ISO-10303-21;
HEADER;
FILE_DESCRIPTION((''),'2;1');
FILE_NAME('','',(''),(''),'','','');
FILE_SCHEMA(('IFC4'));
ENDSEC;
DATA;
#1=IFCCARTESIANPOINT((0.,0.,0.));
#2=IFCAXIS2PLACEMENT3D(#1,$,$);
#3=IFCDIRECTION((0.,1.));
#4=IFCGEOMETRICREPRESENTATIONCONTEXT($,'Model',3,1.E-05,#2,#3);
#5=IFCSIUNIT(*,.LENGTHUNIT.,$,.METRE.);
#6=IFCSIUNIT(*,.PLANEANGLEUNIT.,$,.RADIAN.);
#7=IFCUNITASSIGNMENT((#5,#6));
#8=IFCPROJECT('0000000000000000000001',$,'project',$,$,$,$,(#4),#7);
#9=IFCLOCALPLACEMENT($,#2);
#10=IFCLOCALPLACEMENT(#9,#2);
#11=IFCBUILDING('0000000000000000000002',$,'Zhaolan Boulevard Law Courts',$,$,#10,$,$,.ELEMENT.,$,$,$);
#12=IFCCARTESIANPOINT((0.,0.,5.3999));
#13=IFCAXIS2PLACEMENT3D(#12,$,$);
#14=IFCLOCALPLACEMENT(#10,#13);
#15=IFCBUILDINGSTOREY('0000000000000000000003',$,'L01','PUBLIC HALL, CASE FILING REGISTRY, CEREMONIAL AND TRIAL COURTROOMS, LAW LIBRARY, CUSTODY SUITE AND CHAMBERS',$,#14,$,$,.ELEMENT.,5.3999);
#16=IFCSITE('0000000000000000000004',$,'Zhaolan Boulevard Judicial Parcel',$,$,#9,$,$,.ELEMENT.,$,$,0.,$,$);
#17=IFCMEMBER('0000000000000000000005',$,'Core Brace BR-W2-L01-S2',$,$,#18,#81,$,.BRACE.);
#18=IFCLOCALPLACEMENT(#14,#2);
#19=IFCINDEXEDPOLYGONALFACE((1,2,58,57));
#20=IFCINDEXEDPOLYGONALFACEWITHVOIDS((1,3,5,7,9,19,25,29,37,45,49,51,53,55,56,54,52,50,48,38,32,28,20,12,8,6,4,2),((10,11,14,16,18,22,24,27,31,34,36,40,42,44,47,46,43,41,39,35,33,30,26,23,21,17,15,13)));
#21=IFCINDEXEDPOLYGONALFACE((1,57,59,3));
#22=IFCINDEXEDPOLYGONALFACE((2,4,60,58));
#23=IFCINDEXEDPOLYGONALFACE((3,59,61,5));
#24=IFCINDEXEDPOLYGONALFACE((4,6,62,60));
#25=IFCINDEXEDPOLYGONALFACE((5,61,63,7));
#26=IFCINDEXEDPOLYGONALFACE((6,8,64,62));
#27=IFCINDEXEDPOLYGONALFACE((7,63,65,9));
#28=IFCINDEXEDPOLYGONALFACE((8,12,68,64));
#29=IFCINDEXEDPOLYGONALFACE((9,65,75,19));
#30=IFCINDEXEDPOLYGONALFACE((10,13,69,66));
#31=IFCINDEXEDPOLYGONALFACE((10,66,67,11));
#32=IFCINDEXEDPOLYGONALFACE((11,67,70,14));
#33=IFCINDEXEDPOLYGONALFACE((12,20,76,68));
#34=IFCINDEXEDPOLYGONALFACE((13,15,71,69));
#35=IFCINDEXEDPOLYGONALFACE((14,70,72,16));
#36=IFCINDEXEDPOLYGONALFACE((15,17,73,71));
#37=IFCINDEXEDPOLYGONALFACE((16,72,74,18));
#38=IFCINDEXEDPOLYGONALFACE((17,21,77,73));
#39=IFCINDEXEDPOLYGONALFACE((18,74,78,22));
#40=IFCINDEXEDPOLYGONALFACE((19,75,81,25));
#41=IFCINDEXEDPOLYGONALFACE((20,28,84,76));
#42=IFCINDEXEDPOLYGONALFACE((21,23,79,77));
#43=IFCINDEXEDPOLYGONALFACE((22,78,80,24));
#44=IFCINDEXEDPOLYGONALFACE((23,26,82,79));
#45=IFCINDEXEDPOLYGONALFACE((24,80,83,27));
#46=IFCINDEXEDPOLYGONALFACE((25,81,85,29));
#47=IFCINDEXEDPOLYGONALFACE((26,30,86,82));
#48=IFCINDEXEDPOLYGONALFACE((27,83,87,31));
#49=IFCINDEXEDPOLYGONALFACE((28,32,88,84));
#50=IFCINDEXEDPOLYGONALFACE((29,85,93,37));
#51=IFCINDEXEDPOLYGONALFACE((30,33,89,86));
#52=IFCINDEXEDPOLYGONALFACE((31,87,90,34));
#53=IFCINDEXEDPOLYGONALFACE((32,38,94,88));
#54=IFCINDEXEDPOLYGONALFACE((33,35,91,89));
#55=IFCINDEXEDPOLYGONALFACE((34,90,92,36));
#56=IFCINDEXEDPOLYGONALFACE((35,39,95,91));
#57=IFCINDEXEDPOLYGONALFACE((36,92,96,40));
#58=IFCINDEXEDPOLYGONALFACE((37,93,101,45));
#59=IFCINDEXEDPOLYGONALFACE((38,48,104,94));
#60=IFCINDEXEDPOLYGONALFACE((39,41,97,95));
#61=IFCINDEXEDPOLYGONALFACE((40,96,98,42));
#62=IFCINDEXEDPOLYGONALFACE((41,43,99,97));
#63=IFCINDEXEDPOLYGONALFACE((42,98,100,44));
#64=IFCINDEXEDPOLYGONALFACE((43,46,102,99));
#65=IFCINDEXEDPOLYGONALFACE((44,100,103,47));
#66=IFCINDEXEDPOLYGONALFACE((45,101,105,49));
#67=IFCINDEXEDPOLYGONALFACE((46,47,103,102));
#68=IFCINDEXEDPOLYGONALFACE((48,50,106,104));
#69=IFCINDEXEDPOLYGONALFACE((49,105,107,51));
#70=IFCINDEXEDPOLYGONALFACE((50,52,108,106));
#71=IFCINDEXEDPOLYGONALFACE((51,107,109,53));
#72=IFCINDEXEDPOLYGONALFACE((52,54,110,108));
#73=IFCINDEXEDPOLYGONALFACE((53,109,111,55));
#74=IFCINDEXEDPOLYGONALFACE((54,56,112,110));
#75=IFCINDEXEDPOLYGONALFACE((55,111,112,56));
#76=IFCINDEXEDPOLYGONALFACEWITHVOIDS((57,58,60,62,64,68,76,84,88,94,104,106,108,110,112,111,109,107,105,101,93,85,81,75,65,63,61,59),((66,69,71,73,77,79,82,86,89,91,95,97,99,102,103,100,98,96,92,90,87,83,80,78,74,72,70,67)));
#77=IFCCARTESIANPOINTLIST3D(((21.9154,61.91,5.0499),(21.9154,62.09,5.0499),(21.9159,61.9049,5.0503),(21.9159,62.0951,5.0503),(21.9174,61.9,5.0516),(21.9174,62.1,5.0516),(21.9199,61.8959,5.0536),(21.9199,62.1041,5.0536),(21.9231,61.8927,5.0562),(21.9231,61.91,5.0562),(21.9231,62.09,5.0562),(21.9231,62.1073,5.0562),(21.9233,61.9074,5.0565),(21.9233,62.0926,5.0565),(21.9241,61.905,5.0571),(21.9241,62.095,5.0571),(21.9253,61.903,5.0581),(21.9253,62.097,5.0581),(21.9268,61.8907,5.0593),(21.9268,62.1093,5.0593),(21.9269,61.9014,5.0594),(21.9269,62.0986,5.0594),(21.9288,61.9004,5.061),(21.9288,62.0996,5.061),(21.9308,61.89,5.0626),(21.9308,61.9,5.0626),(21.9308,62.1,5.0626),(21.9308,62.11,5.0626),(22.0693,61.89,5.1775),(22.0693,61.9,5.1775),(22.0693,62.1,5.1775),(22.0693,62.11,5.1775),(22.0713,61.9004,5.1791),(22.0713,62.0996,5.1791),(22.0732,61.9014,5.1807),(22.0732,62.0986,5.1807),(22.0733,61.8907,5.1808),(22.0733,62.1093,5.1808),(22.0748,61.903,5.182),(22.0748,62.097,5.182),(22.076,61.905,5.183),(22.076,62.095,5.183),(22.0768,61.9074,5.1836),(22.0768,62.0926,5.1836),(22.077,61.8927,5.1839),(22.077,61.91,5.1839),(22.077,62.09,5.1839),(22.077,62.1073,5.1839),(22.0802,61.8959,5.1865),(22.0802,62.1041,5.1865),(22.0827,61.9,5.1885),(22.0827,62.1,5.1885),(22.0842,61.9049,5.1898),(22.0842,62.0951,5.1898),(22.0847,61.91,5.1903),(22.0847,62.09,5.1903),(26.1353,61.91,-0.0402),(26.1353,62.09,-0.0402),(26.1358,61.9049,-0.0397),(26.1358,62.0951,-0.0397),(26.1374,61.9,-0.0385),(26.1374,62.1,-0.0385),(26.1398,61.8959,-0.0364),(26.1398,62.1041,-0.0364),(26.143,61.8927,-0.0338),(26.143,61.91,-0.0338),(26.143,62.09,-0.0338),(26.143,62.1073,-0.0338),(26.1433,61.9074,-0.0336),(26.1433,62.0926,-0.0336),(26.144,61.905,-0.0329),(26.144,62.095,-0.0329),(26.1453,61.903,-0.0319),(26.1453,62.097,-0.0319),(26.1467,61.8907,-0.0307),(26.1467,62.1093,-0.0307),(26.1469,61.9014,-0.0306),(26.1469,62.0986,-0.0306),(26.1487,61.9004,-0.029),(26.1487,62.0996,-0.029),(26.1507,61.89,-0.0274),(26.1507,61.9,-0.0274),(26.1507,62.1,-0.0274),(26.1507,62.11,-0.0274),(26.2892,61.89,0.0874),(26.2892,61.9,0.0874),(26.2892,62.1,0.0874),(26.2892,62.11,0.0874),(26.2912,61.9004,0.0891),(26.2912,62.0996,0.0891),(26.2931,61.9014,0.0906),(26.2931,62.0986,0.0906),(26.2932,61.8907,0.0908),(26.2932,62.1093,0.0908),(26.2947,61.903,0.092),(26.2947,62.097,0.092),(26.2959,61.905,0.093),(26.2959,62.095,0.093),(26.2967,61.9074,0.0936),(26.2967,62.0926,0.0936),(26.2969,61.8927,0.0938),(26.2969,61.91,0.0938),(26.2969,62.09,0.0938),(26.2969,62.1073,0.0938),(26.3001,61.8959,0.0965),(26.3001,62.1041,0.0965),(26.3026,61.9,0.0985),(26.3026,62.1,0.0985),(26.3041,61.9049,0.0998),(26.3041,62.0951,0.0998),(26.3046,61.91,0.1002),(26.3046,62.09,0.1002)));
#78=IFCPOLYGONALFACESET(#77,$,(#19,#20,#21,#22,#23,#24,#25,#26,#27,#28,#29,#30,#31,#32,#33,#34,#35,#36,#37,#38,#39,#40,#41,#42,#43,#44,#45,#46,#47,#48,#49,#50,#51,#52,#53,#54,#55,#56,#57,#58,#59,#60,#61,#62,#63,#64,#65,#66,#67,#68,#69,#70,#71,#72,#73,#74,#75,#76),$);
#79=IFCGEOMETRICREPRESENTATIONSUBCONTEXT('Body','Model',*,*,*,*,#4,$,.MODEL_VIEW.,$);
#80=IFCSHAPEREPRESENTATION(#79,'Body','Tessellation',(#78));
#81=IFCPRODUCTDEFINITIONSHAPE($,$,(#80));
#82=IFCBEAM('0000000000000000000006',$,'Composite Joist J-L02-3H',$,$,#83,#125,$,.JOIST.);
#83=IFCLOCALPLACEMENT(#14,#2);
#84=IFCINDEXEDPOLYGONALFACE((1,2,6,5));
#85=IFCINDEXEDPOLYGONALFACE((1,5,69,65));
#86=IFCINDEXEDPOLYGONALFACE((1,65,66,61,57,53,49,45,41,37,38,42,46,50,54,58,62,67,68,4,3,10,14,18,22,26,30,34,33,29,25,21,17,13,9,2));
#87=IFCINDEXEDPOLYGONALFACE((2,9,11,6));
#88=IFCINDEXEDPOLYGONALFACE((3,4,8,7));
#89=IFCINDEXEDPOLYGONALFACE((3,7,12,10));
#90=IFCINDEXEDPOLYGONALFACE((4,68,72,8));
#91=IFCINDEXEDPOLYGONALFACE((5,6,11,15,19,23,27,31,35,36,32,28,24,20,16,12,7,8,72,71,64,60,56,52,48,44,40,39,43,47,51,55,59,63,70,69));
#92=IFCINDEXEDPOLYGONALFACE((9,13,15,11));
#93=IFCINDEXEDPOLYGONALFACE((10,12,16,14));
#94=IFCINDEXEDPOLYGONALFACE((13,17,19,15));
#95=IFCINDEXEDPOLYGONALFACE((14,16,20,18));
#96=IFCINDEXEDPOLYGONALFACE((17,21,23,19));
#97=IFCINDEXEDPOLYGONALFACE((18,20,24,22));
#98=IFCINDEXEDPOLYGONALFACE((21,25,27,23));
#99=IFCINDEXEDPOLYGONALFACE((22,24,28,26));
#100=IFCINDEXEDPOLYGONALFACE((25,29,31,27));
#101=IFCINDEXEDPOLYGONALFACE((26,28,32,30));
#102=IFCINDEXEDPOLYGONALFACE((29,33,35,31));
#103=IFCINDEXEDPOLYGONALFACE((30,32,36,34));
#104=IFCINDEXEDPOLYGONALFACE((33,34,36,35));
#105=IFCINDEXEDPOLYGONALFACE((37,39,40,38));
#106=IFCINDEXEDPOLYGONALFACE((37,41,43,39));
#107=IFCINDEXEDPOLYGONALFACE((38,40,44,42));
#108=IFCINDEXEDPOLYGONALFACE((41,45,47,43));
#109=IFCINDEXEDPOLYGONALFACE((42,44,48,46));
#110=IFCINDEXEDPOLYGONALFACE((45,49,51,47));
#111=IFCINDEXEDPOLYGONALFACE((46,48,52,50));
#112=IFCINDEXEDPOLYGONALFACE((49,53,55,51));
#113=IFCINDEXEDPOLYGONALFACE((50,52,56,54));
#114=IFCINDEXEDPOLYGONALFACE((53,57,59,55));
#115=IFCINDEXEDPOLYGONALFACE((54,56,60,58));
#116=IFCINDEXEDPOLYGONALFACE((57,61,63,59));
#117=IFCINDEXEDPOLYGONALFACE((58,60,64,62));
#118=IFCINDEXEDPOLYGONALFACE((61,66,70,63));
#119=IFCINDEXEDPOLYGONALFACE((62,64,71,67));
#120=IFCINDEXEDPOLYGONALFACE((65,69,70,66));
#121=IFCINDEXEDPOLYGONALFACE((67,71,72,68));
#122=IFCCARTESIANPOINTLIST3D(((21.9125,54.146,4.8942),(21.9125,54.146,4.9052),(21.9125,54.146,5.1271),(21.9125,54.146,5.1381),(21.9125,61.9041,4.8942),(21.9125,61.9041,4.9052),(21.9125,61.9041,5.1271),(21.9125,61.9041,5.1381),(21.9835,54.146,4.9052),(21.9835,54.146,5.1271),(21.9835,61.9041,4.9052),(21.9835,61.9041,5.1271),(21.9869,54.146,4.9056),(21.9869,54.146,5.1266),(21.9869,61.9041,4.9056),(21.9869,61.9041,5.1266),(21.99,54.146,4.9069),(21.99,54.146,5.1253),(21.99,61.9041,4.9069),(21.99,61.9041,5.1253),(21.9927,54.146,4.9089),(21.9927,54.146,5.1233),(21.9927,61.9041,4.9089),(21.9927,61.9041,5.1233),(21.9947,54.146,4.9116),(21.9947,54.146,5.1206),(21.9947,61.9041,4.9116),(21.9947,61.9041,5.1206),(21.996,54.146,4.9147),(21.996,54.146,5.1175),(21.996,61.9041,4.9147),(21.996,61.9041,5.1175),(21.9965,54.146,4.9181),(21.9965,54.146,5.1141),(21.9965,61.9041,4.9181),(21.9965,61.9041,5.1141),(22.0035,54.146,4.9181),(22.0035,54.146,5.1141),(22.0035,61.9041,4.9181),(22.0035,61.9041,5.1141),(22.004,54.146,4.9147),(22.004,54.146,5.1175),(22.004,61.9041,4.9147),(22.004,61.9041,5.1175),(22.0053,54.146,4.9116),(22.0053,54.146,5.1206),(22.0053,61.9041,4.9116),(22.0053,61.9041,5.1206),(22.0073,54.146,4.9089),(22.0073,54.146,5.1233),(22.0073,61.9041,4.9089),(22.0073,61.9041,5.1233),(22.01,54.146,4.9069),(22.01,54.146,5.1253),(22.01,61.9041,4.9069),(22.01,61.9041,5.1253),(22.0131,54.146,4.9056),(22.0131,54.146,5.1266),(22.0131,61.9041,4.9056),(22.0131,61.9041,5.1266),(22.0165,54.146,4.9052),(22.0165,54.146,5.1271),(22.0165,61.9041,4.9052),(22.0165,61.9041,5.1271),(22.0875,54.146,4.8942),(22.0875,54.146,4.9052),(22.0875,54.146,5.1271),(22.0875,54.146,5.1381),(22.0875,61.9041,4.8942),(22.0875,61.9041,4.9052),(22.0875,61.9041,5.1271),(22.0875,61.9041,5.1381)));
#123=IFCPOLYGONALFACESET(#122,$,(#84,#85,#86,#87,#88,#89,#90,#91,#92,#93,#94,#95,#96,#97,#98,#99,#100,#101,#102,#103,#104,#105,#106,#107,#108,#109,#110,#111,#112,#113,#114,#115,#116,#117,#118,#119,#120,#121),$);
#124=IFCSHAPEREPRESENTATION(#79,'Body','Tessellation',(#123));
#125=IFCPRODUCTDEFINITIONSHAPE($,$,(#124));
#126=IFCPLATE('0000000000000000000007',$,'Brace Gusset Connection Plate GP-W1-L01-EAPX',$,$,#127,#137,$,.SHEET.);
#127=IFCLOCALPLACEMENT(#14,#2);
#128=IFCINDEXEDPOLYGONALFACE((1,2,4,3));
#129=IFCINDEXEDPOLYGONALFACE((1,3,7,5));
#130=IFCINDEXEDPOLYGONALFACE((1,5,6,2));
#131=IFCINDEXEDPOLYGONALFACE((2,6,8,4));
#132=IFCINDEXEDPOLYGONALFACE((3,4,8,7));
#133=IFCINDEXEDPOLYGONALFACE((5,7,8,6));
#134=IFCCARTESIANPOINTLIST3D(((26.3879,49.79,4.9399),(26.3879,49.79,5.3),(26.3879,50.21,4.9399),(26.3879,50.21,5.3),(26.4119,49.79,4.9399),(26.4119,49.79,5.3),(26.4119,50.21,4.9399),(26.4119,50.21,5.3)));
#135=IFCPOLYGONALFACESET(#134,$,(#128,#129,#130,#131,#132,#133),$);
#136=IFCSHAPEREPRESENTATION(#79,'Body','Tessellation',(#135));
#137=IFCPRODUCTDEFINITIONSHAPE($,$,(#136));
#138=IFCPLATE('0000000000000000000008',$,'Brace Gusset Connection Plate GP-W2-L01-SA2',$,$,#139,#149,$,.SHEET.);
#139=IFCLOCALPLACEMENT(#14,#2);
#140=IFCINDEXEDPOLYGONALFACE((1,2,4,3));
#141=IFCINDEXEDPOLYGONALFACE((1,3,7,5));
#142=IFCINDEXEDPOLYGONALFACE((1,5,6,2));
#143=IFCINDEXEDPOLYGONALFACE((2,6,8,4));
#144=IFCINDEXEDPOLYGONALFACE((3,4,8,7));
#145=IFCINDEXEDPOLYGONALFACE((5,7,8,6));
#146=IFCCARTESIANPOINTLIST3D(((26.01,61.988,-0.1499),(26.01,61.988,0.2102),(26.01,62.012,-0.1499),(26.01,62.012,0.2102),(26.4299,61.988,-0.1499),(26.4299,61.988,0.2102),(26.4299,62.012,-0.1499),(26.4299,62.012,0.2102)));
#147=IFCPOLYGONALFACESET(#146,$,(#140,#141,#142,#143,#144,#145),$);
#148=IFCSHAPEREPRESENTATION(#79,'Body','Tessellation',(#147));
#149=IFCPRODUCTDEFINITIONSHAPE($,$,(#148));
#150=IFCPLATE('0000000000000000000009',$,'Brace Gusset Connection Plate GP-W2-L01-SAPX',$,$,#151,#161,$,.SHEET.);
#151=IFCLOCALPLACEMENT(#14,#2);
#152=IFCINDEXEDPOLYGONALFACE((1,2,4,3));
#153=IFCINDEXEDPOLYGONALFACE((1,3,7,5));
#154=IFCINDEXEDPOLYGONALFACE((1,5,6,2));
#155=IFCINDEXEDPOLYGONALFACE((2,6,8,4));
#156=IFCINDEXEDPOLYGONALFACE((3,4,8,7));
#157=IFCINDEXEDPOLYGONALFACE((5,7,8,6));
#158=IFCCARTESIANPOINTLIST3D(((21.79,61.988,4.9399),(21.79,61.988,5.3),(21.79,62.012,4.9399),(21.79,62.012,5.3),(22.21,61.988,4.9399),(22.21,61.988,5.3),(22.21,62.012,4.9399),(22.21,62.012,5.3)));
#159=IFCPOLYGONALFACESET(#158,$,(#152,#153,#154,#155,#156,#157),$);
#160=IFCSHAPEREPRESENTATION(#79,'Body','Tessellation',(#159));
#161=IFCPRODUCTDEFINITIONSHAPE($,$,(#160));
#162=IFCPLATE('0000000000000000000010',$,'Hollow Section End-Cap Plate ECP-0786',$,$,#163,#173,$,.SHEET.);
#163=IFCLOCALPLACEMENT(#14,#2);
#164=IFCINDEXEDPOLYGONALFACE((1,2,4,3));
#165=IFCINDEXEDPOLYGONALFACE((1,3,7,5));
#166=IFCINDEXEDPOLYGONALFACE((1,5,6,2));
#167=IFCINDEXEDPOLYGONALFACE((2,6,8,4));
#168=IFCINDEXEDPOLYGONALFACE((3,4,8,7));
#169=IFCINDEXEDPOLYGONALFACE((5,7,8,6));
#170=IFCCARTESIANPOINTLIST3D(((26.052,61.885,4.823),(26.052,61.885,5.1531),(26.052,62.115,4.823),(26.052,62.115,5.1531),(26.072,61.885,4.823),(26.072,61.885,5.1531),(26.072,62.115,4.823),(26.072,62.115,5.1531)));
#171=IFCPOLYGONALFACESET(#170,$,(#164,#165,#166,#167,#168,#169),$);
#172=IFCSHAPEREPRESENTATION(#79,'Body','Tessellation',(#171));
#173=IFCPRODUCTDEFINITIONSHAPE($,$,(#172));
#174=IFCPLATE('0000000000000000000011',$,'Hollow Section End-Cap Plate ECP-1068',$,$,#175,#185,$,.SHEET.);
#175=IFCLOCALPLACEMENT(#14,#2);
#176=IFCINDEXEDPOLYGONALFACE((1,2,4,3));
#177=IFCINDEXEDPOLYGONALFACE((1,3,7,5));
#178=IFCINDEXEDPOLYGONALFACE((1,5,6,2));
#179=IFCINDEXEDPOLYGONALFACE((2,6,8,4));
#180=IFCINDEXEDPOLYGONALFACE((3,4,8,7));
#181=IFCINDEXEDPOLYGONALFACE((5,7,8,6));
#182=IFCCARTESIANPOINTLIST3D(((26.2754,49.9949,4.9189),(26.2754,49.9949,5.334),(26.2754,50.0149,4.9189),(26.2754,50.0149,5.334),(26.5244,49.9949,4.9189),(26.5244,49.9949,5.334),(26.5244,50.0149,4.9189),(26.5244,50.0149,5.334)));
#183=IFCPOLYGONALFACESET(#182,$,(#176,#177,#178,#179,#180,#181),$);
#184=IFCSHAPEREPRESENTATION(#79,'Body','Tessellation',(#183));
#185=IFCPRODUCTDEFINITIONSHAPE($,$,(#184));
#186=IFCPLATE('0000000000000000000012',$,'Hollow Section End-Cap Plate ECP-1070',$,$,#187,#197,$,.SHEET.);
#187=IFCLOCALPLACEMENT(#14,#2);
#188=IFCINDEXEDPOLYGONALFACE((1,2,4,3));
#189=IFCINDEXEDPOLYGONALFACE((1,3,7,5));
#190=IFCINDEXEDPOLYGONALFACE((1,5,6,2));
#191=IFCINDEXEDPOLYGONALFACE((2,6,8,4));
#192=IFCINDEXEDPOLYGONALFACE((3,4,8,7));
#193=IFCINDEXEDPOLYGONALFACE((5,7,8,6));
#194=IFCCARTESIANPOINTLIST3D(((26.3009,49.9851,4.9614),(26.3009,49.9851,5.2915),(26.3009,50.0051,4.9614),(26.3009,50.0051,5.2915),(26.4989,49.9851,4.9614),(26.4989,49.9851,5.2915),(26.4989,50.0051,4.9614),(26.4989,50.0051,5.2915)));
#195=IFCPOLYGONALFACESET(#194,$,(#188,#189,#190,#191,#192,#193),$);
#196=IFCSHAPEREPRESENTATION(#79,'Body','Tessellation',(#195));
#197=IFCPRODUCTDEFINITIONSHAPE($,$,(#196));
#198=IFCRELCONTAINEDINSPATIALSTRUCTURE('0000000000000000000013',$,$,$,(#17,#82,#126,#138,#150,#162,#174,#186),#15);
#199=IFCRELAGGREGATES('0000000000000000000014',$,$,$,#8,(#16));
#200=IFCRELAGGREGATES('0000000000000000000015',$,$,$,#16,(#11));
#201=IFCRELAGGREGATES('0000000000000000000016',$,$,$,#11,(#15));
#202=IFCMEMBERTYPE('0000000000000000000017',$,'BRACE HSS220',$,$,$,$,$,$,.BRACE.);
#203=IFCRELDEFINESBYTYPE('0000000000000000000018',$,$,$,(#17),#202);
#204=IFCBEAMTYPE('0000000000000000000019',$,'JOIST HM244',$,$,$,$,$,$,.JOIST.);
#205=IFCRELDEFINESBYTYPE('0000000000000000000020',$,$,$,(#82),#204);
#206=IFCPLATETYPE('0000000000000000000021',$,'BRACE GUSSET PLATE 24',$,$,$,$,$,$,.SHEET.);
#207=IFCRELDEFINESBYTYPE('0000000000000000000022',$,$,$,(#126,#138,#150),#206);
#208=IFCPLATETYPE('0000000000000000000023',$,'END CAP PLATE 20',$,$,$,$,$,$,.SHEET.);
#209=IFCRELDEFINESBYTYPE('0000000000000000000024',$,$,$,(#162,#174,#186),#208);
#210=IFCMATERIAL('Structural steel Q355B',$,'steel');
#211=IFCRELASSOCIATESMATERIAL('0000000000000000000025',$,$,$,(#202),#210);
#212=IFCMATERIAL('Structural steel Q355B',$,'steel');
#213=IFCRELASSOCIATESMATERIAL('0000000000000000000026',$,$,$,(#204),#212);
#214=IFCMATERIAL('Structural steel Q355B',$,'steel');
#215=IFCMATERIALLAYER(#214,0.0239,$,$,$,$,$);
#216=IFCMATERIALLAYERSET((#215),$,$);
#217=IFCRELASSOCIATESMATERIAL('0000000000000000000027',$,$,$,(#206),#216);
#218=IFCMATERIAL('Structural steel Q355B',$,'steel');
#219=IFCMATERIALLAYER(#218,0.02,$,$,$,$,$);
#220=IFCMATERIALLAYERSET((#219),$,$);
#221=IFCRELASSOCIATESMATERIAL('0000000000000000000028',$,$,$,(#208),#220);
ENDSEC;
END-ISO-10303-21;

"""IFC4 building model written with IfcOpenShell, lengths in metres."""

from ifc_helpers import new_model, si_unit, direction, frame, origin, origin_2d, place, context, subcontext, project, spatial, rectangle, hollow_rectangle, i_section, extrude, material, layer, layer_set, material_profile, profile_set, type_object, element, save


model = new_model("IFC4")

# Units and contexts
model_context = context("Model", 3, precision=1e-05, world=origin(), true_north=direction((0.0, 1.0)))
body_context = subcontext(model_context, "Body", "Model", "MODEL_VIEW")
ifc_project = project(units=[si_unit("LENGTHUNIT", "METRE"), si_unit("PLANEANGLEUNIT", "RADIAN")], contexts=[model_context])

# Site, building, storey
site_placement = place(None, origin())
site = spatial("IfcSite", under=ifc_project, at=site_placement, Name="Zhaolan Boulevard Judicial Parcel", CompositionType="ELEMENT", RefElevation=0.0)
building_placement = place(site_placement, origin())
building = spatial("IfcBuilding", under=site, at=building_placement, Name="Zhaolan Boulevard Law Courts", CompositionType="ELEMENT")
storey_placement = place(building_placement, frame((0.0, 0.0, 5.3999)))
storey = spatial("IfcBuildingStorey", under=building, at=storey_placement, Name="L01", Description="PUBLIC HALL, CASE FILING REGISTRY, CEREMONIAL AND TRIAL COURTROOMS, LAW LIBRARY, CUSTODY SUITE AND CHAMBERS", CompositionType="ELEMENT", Elevation=5.3999)

# Member
ifc_material_1 = material(Name="Structural steel Q355B", Category="steel")
ifc_material_profile_1 = material_profile(ifc_material_1, hollow_rectangle(XDim=0.22, YDim=0.22, WallThickness=0.01, InnerFilletRadius=0.01, OuterFilletRadius=0.02, at=origin_2d()), Name="HSS220x220x10")
ifc_profile_set_1 = profile_set([ifc_material_profile_1], Name="Structural steel Q355B")
member_type = type_object("IfcMemberType", Name="BRACE HSS220", PredefinedType="BRACE", material=ifc_profile_set_1)
member_placement = place(storey_placement, frame((26.22, 62.0, 0.03), z_axis=(-0.638239, 0.0, 0.769838), x_axis=(0.0, -1.0, 0.0)))
element("IfcMember", 1, at=member_placement, inside=storey, type_object=member_type, Name="Core Brace BR-W2-L01-S2", PredefinedType="BRACE", context=body_context, shape_type="SweptSolid", body=[
    extrude(hollow_rectangle(XDim=0.22, YDim=0.22, WallThickness=0.01, InnerFilletRadius=0.01, OuterFilletRadius=0.02, at=origin_2d()), origin(), (0.0, 0.0, 1.0), 6.6118),
])

# Beam
ifc_material_2 = material(Name="Structural steel Q355B", Category="steel")
ifc_material_profile_2 = material_profile(ifc_material_2, i_section(OverallWidth=0.175, OverallDepth=0.2439, WebThickness=0.0071, FlangeThickness=0.011, FilletRadius=0.0129, at=origin_2d()), Name="HM244x175")
ifc_profile_set_2 = profile_set([ifc_material_profile_2], Name="Structural steel Q355B")
beam_type = type_object("IfcBeamType", Name="JOIST HM244", PredefinedType="JOIST", material=ifc_profile_set_2)
beam_placement = place(storey_placement, frame((22.0, 54.146, 5.0161), z_axis=(0.0, 1.0, 0.0), x_axis=(-1.0, 0.0, 0.0)))
element("IfcBeam", 2, at=beam_placement, inside=storey, type_object=beam_type, Name="Composite Joist J-L02-3H", PredefinedType="JOIST", context=body_context, shape_type="SweptSolid", body=[
    extrude(i_section(OverallWidth=0.175, OverallDepth=0.2439, WebThickness=0.0071, FlangeThickness=0.011, FilletRadius=0.0129, at=origin_2d()), origin(), (0.0, 0.0, 1.0), 7.7581),
])

# Plates
ifc_material_3 = material(Name="Structural steel Q355B", Category="steel")
ifc_layer_1 = layer(ifc_material_3, 0.0239)
ifc_layer_set_1 = layer_set([ifc_layer_1])
plate_type_1 = type_object("IfcPlateType", Name="BRACE GUSSET PLATE 24", PredefinedType="SHEET", material=ifc_layer_set_1)
for number, where, z_axis, x_axis, name in (
    (3, (26.3999, 50.0, 4.9399), (0.0, 0.0, 1.0), (0.0, 1.0, 0.0), "Brace Gusset Connection Plate GP-W1-L01-EAPX"),
    (4, (26.22, 62.0, -0.1499), (0.0, 0.0, 1.0), (1.0, 0.0, 0.0), "Brace Gusset Connection Plate GP-W2-L01-SA2"),
    (5, (22.0, 62.0, 4.9399), (0.0, 0.0, 1.0), (1.0, 0.0, 0.0), "Brace Gusset Connection Plate GP-W2-L01-SAPX"),
):
    element("IfcPlate", number, at=place(storey_placement, frame(where, z_axis=z_axis, x_axis=x_axis)), inside=storey, type_object=plate_type_1, Name=name, PredefinedType="SHEET", context=body_context, shape_type="SweptSolid", body=[
        extrude(rectangle(XDim=0.4199, YDim=0.0239, at=origin_2d()), origin(), (0.0, 0.0, 1.0), 0.3601),
    ])
ifc_material_4 = material(Name="Structural steel Q355B", Category="steel")
ifc_layer_2 = layer(ifc_material_4, 0.02)
ifc_layer_set_2 = layer_set([ifc_layer_2])
plate_type_2 = type_object("IfcPlateType", Name="END CAP PLATE 20", PredefinedType="SHEET", material=ifc_layer_set_2)
plate_1_placement = place(storey_placement, frame((26.062, 62.0, 4.823), z_axis=(0.0, 0.0, 1.0), x_axis=(1.0, 0.0, 0.0)))
element("IfcPlate", 6, at=plate_1_placement, inside=storey, type_object=plate_type_2, Name="Hollow Section End-Cap Plate ECP-0786", PredefinedType="SHEET", context=body_context, shape_type="SweptSolid", body=[
    extrude(rectangle(XDim=0.02, YDim=0.23, at=origin_2d()), origin(), (0.0, 0.0, 1.0), 0.3301),
])
plate_2_placement = place(storey_placement, frame((26.3999, 50.0049, 4.9189), z_axis=(0.0, 0.0, 1.0), x_axis=(0.0, 1.0, 0.0)))
element("IfcPlate", 7, at=plate_2_placement, inside=storey, type_object=plate_type_2, Name="Hollow Section End-Cap Plate ECP-1068", PredefinedType="SHEET", context=body_context, shape_type="SweptSolid", body=[
    extrude(rectangle(XDim=0.02, YDim=0.249, at=origin_2d()), origin(), (0.0, 0.0, 1.0), 0.415),
])
plate_3_placement = place(storey_placement, frame((26.3999, 49.9951, 4.9614), z_axis=(0.0, 0.0, 1.0), x_axis=(0.0, -1.0, 0.0)))
element("IfcPlate", 8, at=plate_3_placement, inside=storey, type_object=plate_type_2, Name="Hollow Section End-Cap Plate ECP-1070", PredefinedType="SHEET", context=body_context, shape_type="SweptSolid", body=[
    extrude(rectangle(XDim=0.02, YDim=0.198, at=origin_2d()), origin(), (0.0, 0.0, 1.0), 0.3301),
])

save(model, "model.ifc")
